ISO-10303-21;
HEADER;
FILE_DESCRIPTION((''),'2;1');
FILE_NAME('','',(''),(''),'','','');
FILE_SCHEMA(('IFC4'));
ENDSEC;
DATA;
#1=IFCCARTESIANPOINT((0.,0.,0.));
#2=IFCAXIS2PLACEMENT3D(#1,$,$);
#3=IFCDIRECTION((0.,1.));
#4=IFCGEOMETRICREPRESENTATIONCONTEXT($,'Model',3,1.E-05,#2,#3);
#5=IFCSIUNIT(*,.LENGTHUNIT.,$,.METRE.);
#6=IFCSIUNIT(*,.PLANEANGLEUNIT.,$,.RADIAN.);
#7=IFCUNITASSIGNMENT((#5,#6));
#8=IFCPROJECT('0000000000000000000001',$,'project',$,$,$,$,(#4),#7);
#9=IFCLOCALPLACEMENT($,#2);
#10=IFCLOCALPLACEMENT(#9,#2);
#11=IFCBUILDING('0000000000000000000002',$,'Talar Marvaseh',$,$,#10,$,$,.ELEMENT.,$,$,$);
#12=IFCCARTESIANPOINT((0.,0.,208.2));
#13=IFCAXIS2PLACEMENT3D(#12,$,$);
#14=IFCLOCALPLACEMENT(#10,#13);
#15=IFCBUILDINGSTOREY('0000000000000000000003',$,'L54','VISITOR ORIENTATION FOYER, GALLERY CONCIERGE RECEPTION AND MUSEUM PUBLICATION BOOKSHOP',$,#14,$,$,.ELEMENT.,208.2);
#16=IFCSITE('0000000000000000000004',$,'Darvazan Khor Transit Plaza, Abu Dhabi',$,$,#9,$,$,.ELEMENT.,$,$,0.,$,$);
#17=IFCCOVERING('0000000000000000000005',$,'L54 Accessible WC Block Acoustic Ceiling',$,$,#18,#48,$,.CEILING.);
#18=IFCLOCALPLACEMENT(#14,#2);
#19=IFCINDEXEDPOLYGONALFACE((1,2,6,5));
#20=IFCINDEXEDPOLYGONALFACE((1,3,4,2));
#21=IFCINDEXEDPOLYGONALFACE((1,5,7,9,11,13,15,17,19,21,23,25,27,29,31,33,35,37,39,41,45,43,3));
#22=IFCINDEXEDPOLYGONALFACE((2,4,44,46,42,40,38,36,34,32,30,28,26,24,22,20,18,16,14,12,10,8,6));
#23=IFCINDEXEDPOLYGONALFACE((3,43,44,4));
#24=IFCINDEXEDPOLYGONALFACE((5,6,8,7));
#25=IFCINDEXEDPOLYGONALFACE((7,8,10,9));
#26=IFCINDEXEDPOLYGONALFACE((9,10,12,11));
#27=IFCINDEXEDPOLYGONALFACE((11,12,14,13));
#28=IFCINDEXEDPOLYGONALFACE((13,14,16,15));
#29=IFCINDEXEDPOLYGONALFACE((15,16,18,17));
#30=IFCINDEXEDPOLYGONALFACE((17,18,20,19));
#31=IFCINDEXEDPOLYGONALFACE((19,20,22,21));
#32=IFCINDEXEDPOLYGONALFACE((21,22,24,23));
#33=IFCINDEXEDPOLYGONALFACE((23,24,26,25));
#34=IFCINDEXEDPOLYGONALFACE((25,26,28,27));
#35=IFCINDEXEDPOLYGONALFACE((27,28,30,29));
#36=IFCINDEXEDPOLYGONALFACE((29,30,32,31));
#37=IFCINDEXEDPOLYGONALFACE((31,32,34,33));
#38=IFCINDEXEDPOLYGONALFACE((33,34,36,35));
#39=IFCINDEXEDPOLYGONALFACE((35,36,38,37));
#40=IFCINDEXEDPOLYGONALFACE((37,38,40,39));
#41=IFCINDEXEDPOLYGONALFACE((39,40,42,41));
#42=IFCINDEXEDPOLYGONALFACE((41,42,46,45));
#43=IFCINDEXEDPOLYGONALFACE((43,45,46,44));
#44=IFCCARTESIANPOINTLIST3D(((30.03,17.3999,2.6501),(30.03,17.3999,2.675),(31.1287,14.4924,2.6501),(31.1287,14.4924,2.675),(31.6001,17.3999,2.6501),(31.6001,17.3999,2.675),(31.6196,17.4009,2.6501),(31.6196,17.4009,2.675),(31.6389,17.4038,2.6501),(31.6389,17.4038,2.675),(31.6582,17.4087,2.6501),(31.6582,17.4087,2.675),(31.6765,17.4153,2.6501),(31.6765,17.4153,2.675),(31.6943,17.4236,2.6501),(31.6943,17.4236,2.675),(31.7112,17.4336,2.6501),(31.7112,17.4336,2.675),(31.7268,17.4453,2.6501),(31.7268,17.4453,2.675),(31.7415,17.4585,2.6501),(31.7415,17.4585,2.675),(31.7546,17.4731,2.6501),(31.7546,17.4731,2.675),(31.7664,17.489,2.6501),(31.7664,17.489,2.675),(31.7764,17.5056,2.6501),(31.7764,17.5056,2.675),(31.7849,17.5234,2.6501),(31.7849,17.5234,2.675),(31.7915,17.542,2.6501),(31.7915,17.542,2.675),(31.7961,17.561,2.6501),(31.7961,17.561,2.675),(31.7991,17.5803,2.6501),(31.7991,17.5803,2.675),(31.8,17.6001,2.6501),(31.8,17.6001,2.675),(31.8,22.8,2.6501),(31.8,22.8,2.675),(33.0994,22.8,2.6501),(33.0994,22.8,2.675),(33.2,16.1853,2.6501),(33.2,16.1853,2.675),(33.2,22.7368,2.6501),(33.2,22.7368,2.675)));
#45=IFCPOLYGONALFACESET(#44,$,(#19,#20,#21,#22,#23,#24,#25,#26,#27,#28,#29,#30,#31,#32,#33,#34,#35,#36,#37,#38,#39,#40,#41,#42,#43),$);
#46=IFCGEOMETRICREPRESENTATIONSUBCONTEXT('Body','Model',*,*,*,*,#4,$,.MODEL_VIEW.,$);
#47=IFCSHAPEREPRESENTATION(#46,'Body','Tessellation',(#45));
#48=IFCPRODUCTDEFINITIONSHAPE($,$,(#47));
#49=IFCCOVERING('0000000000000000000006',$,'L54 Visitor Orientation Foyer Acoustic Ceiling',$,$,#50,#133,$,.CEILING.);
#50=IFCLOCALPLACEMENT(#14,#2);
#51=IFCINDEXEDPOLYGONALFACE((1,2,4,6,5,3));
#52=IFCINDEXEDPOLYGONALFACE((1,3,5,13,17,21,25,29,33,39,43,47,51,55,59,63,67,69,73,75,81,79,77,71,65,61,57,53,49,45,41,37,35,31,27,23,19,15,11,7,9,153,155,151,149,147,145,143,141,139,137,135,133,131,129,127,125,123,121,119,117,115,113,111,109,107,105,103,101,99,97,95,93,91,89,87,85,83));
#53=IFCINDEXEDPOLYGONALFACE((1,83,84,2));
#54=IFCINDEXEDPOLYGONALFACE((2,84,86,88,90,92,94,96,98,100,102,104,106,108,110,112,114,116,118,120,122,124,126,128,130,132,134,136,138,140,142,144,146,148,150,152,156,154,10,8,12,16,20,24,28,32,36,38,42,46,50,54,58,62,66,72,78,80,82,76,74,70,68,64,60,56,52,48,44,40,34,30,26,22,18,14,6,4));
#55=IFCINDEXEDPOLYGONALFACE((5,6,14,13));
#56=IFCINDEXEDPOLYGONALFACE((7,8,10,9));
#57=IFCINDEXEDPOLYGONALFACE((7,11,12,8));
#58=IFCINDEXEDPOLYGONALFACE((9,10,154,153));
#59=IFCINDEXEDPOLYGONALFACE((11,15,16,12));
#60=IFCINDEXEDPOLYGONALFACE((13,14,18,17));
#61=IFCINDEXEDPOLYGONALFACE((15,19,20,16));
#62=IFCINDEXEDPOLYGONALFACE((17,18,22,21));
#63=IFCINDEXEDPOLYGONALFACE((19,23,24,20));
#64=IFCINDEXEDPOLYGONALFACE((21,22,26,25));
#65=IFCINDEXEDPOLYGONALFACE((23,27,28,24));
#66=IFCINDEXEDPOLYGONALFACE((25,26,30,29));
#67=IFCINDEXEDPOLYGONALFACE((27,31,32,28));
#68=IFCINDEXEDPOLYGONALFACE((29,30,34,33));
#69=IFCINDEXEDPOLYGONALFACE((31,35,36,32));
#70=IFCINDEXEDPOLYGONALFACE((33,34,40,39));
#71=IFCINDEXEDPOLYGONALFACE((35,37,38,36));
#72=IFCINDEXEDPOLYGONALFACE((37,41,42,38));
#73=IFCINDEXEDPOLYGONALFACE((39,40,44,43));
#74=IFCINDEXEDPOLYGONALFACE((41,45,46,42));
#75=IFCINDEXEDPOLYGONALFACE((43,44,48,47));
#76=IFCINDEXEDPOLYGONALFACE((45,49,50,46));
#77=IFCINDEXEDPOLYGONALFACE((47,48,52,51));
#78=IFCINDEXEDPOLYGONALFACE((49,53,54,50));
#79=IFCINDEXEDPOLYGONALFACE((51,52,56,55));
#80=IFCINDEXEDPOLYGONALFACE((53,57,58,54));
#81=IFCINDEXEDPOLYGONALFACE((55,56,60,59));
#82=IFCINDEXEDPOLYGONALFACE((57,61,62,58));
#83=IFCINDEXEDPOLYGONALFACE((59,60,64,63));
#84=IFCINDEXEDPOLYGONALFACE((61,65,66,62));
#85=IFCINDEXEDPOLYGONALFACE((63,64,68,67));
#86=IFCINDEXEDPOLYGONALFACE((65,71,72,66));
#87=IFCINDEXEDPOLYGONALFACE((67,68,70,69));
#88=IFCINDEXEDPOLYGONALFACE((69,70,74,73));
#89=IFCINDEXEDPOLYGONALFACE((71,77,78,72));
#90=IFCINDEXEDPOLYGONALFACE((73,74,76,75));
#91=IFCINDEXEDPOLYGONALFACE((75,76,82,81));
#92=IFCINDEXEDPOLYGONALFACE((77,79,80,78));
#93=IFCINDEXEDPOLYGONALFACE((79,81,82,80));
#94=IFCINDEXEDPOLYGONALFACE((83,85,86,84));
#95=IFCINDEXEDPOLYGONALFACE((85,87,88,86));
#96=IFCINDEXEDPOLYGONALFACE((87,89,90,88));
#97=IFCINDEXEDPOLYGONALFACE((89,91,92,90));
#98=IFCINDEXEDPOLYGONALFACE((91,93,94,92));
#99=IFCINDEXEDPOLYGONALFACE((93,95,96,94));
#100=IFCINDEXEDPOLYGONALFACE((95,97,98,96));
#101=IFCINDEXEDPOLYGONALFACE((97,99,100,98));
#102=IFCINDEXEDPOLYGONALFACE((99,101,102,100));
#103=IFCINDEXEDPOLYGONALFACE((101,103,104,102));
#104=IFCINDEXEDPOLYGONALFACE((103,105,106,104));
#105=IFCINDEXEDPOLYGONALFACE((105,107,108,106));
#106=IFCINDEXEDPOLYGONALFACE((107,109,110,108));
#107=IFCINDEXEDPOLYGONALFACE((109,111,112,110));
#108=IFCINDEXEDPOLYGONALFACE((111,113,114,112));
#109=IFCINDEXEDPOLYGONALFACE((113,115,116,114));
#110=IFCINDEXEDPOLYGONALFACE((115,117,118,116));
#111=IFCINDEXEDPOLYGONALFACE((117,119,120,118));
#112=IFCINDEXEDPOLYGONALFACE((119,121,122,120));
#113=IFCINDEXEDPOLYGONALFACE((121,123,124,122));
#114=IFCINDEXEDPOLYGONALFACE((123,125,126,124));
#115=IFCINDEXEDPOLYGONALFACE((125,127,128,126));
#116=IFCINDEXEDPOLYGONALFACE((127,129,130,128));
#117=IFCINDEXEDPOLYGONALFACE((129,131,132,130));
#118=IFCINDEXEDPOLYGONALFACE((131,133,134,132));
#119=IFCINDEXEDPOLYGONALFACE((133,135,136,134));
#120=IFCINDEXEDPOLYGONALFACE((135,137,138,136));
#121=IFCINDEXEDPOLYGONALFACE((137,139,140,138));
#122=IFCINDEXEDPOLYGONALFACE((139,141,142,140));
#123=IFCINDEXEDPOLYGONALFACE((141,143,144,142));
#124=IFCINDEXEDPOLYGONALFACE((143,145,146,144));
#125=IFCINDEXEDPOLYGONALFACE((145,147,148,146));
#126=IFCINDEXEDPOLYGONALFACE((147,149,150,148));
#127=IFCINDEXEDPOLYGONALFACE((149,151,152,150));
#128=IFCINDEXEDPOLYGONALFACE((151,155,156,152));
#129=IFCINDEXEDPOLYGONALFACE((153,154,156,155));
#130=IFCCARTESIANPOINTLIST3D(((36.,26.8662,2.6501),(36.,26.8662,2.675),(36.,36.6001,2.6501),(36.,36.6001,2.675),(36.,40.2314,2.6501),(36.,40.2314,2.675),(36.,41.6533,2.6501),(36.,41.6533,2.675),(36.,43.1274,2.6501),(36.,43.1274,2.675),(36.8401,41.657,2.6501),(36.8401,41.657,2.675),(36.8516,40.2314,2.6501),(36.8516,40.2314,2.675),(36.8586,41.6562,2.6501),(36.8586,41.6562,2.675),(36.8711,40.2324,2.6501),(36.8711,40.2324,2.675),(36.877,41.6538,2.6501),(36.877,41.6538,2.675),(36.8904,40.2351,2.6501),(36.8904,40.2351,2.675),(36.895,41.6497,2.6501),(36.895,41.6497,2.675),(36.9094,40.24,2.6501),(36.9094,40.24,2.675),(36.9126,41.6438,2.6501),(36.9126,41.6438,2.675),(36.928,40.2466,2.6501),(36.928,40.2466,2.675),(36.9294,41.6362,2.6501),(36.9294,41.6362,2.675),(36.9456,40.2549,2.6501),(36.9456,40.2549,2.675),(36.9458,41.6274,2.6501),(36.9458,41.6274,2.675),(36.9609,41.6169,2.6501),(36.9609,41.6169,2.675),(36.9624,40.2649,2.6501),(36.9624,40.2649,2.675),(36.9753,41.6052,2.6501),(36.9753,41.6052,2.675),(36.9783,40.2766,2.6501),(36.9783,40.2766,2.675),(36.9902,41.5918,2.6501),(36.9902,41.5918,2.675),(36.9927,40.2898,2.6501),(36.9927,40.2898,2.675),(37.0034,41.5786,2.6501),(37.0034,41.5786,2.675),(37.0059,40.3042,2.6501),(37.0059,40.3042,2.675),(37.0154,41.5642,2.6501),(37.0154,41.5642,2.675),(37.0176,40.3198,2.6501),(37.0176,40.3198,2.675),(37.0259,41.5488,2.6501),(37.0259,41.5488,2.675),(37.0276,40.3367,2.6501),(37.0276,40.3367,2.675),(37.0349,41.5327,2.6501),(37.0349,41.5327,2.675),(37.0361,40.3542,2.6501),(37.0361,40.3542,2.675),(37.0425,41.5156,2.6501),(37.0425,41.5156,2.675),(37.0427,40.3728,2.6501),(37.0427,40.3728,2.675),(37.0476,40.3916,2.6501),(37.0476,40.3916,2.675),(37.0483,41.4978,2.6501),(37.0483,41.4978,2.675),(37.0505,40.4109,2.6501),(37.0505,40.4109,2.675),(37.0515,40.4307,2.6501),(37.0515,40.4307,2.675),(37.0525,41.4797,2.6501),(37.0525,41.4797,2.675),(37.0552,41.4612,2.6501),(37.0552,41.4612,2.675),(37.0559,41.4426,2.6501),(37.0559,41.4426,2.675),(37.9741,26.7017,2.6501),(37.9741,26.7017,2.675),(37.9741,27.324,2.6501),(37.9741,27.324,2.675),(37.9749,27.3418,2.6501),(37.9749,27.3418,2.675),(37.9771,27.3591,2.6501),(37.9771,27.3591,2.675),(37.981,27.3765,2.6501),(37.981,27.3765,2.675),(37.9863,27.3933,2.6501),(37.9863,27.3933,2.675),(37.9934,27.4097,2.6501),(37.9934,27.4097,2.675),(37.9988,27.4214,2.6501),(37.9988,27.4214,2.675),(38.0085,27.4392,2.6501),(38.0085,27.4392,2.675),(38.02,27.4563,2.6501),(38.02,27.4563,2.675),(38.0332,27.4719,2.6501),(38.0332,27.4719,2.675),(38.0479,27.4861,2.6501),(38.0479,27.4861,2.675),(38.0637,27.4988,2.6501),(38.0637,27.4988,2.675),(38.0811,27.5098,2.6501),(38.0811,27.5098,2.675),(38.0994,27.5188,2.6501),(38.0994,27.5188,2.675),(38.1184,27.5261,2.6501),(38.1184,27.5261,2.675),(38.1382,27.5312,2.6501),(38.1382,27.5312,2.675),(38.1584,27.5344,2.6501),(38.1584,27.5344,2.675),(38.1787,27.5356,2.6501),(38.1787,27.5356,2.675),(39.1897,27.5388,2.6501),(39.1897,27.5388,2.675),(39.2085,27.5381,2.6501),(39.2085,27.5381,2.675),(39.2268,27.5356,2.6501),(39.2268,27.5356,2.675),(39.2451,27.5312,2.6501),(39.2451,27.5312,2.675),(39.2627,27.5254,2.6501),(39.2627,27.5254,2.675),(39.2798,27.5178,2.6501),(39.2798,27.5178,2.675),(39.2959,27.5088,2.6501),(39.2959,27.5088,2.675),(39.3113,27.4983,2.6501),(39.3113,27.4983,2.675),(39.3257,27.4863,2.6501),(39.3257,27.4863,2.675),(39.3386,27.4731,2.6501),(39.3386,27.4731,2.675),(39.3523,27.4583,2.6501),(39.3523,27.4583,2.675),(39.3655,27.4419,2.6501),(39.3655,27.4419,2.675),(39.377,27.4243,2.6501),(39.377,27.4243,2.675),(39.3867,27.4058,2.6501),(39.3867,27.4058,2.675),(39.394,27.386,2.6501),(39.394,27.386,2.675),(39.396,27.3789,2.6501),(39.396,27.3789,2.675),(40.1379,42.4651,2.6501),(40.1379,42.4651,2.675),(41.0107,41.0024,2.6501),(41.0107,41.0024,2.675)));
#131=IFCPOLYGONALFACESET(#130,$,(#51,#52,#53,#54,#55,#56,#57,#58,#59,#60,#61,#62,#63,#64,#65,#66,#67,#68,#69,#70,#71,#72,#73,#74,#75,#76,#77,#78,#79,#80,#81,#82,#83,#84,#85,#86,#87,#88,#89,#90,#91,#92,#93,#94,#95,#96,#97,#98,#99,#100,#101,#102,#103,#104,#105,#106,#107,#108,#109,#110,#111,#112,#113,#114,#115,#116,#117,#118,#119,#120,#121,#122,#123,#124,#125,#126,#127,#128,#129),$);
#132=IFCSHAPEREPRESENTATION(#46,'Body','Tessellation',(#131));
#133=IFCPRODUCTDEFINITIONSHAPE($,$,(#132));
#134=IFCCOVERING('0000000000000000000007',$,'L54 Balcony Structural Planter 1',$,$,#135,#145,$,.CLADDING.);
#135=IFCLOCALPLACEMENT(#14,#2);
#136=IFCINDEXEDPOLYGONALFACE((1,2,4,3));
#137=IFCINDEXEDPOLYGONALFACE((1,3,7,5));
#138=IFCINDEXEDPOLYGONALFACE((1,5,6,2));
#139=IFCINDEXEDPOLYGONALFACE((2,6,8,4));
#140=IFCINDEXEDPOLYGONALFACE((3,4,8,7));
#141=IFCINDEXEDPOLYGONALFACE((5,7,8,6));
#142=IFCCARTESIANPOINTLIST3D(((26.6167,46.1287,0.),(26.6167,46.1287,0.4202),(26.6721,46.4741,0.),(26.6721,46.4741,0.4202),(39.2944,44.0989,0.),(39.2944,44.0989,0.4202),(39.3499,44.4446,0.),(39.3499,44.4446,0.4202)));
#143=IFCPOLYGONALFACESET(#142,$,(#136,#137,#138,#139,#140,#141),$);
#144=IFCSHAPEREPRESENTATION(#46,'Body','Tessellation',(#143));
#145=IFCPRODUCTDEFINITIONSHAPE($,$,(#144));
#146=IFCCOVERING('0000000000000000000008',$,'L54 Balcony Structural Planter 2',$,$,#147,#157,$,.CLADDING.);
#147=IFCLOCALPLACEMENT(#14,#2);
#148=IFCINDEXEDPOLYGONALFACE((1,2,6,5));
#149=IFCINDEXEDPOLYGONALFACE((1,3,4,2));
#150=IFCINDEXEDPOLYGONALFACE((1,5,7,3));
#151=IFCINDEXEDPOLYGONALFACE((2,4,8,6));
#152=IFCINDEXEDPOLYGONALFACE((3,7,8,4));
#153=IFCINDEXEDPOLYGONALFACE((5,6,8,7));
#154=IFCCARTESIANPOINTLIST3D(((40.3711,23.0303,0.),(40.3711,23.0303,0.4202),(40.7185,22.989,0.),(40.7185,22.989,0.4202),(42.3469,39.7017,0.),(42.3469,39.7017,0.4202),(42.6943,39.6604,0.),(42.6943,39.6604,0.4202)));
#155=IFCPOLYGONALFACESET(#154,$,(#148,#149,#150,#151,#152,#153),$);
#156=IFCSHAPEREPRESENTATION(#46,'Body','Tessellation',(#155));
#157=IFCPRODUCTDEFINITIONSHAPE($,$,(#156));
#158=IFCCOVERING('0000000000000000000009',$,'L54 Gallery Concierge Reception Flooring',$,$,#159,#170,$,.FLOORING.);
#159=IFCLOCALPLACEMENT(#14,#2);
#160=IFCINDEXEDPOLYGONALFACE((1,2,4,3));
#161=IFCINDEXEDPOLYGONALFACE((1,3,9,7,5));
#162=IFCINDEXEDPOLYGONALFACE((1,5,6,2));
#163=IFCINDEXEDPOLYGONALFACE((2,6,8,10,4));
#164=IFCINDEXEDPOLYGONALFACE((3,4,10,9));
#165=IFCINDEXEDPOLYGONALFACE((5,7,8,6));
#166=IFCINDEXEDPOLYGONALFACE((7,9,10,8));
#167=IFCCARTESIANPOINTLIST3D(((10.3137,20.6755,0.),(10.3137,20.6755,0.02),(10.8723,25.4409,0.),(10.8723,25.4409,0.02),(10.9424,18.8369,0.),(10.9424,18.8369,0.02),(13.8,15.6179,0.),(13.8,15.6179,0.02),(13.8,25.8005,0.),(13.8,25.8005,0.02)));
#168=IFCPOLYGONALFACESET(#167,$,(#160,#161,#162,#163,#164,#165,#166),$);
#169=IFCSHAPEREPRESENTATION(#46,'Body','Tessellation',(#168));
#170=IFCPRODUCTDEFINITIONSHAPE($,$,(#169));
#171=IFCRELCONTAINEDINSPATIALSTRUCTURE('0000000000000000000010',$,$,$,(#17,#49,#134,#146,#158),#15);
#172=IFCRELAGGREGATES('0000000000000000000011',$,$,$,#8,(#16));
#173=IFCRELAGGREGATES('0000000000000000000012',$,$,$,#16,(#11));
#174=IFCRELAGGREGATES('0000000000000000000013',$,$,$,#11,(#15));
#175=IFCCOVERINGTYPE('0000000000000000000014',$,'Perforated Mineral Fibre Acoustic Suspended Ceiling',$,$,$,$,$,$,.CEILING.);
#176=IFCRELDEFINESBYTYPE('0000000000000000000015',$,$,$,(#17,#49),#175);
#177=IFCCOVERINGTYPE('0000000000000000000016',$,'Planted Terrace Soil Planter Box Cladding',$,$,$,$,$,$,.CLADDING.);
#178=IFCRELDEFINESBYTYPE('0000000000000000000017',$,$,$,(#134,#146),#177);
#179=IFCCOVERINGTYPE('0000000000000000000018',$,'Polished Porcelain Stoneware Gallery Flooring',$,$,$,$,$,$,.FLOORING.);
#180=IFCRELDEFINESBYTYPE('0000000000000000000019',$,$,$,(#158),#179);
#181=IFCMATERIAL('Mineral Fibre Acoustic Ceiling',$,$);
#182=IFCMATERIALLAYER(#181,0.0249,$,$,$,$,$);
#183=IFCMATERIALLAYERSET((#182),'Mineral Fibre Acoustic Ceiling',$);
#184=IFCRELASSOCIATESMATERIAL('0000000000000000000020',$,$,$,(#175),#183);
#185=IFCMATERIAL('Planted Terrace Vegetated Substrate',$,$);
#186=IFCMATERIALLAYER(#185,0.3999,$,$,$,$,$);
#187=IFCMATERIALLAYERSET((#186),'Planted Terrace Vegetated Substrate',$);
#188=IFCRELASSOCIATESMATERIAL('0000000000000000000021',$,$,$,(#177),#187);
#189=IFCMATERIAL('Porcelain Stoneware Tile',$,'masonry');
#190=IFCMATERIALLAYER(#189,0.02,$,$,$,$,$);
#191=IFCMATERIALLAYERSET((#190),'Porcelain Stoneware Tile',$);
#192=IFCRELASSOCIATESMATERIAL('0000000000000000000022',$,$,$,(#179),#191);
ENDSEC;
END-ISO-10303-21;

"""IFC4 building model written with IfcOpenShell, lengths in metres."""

from ifc_helpers import new_model, si_unit, direction, frame, origin, place, context, subcontext, project, spatial, polyline, outline, extrude, material, layer, layer_set, type_object, element, save


model = new_model("IFC4")

# Units and contexts
model_context = context("Model", 3, precision=1e-05, world=origin(), true_north=direction((0.0, 1.0)))
body_context = subcontext(model_context, "Body", "Model", "MODEL_VIEW")
ifc_project = project(units=[si_unit("LENGTHUNIT", "METRE"), si_unit("PLANEANGLEUNIT", "RADIAN")], contexts=[model_context])

# Site, building, storey
site_placement = place(None, origin())
site = spatial("IfcSite", under=ifc_project, at=site_placement, Name="Darvazan Khor Transit Plaza, Abu Dhabi", CompositionType="ELEMENT", RefElevation=0.0)
building_placement = place(site_placement, origin())
building = spatial("IfcBuilding", under=site, at=building_placement, Name="Talar Marvaseh", CompositionType="ELEMENT")
storey_placement = place(building_placement, frame((0.0, 0.0, 208.2)))
storey = spatial("IfcBuildingStorey", under=building, at=storey_placement, Name="L54", Description="VISITOR ORIENTATION FOYER, GALLERY CONCIERGE RECEPTION AND MUSEUM PUBLICATION BOOKSHOP", CompositionType="ELEMENT", Elevation=208.2)

# Coverings
ifc_material_1 = material(Name="Mineral Fibre Acoustic Ceiling")
ifc_layer_1 = layer(ifc_material_1, 0.0249)
ifc_layer_set_1 = layer_set([ifc_layer_1], Name="Mineral Fibre Acoustic Ceiling")
covering_type_1 = type_object("IfcCoveringType", Name="Perforated Mineral Fibre Acoustic Suspended Ceiling", PredefinedType="CEILING", material=ifc_layer_set_1)
covering_1_placement = place(storey_placement, frame((0.0, 0.0, 2.6501)))
element("IfcCovering", 1, at=covering_1_placement, inside=storey, type_object=covering_type_1, Name="L54 Accessible WC Block Acoustic Ceiling", PredefinedType="CEILING", context=body_context, shape_type="SweptSolid", body=[
    extrude(outline(polyline([(31.6001, 17.3999), (31.6196, 17.4009), (31.6389, 17.4038), (31.6582, 17.4087), (31.6765, 17.4153), (31.6943, 17.4236), (31.7112, 17.4336), (31.7268, 17.4453), (31.7415, 17.4585), (31.7546, 17.4731), (31.7664, 17.489), (31.7764, 17.5056), (31.7849, 17.5234), (31.7915, 17.542), (31.7961, 17.561), (31.7991, 17.5803), (31.8, 17.6001), (31.8, 22.8), (33.0994, 22.8), (33.2, 22.7368), (33.2, 16.1853), (31.1287, 14.4924), (30.03, 17.3999), (31.6001, 17.3999)])), origin(), (0.0, 0.0, 1.0), 0.0249),
])
covering_2_placement = place(storey_placement, frame((0.0, 0.0, 2.6501)))
element("IfcCovering", 2, at=covering_2_placement, inside=storey, type_object=covering_type_1, Name="L54 Visitor Orientation Foyer Acoustic Ceiling", PredefinedType="CEILING", context=body_context, shape_type="SweptSolid", body=[
    extrude(outline(polyline([(41.0107, 41.0024), (39.396, 27.3789), (39.394, 27.386), (39.3867, 27.4058), (39.377, 27.4243), (39.3655, 27.4419), (39.3523, 27.4583), (39.3386, 27.4731), (39.3257, 27.4863), (39.3113, 27.4983), (39.2959, 27.5088), (39.2798, 27.5178), (39.2627, 27.5254), (39.2451, 27.5312), (39.2268, 27.5356), (39.2085, 27.5381), (39.1897, 27.5388), (38.1787, 27.5356), (38.1584, 27.5344), (38.1382, 27.5312), (38.1184, 27.5261), (38.0994, 27.5188), (38.0811, 27.5098), (38.0637, 27.4988), (38.0479, 27.4861), (38.0332, 27.4719), (38.02, 27.4563), (38.0085, 27.4392), (37.9988, 27.4214), (37.9934, 27.4097), (37.9863, 27.3933), (37.981, 27.3765), (37.9771, 27.3591), (37.9749, 27.3418), (37.9741, 27.324), (37.9741, 26.7017), (36.0, 26.8662), (36.0, 36.6001), (36.0, 40.2314), (36.8516, 40.2314), (36.8711, 40.2324), (36.8904, 40.2351), (36.9094, 40.24), (36.928, 40.2466), (36.9456, 40.2549), (36.9624, 40.2649), (36.9783, 40.2766), (36.9927, 40.2898), (37.0059, 40.3042), (37.0176, 40.3198), (37.0276, 40.3367), (37.0361, 40.3542), (37.0427, 40.3728), (37.0476, 40.3916), (37.0505, 40.4109), (37.0515, 40.4307), (37.0559, 41.4426), (37.0552, 41.4612), (37.0525, 41.4797), (37.0483, 41.4978), (37.0425, 41.5156), (37.0349, 41.5327), (37.0259, 41.5488), (37.0154, 41.5642), (37.0034, 41.5786), (36.9902, 41.5918), (36.9753, 41.6052), (36.9609, 41.6169), (36.9458, 41.6274), (36.9294, 41.6362), (36.9126, 41.6438), (36.895, 41.6497), (36.877, 41.6538), (36.8586, 41.6562), (36.8401, 41.657), (36.0, 41.6533), (36.0, 43.1274), (40.1379, 42.4651), (41.0107, 41.0024)])), origin(), (0.0, 0.0, 1.0), 0.0249),
])
ifc_material_2 = material(Name="Planted Terrace Vegetated Substrate")
ifc_layer_2 = layer(ifc_material_2, 0.3999)
ifc_layer_set_2 = layer_set([ifc_layer_2], Name="Planted Terrace Vegetated Substrate")
covering_type_2 = type_object("IfcCoveringType", Name="Planted Terrace Soil Planter Box Cladding", PredefinedType="CLADDING", material=ifc_layer_set_2)
covering_3_placement = place(storey_placement, origin())
element("IfcCovering", 3, at=covering_3_placement, inside=storey, type_object=covering_type_2, Name="L54 Balcony Structural Planter 1", PredefinedType="CLADDING", context=body_context, shape_type="SweptSolid", body=[
    extrude(outline(polyline([(26.6721, 46.4741), (39.3499, 44.4446), (39.2944, 44.0989), (26.6167, 46.1287), (26.6721, 46.4741)])), origin(), (0.0, 0.0, 1.0), 0.4202),
])
covering_4_placement = place(storey_placement, origin())
element("IfcCovering", 4, at=covering_4_placement, inside=storey, type_object=covering_type_2, Name="L54 Balcony Structural Planter 2", PredefinedType="CLADDING", context=body_context, shape_type="SweptSolid", body=[
    extrude(outline(polyline([(42.6943, 39.6604), (40.7185, 22.989), (40.3711, 23.0303), (42.3469, 39.7017), (42.6943, 39.6604)])), origin(), (0.0, 0.0, 1.0), 0.4202),
])
ifc_material_3 = material(Name="Porcelain Stoneware Tile", Category="masonry")
ifc_layer_3 = layer(ifc_material_3, 0.02)
ifc_layer_set_3 = layer_set([ifc_layer_3], Name="Porcelain Stoneware Tile")
covering_type_3 = type_object("IfcCoveringType", Name="Polished Porcelain Stoneware Gallery Flooring", PredefinedType="FLOORING", material=ifc_layer_set_3)
covering_5_placement = place(storey_placement, origin())
element("IfcCovering", 5, at=covering_5_placement, inside=storey, type_object=covering_type_3, Name="L54 Gallery Concierge Reception Flooring", PredefinedType="FLOORING", context=body_context, shape_type="SweptSolid", body=[
    extrude(outline(polyline([(13.8, 25.8005), (13.8, 15.6179), (10.9424, 18.8369), (10.3137, 20.6755), (10.8723, 25.4409), (13.8, 25.8005)])), origin(), (0.0, 0.0, 1.0), 0.02),
])

save(model, "model.ifc")
